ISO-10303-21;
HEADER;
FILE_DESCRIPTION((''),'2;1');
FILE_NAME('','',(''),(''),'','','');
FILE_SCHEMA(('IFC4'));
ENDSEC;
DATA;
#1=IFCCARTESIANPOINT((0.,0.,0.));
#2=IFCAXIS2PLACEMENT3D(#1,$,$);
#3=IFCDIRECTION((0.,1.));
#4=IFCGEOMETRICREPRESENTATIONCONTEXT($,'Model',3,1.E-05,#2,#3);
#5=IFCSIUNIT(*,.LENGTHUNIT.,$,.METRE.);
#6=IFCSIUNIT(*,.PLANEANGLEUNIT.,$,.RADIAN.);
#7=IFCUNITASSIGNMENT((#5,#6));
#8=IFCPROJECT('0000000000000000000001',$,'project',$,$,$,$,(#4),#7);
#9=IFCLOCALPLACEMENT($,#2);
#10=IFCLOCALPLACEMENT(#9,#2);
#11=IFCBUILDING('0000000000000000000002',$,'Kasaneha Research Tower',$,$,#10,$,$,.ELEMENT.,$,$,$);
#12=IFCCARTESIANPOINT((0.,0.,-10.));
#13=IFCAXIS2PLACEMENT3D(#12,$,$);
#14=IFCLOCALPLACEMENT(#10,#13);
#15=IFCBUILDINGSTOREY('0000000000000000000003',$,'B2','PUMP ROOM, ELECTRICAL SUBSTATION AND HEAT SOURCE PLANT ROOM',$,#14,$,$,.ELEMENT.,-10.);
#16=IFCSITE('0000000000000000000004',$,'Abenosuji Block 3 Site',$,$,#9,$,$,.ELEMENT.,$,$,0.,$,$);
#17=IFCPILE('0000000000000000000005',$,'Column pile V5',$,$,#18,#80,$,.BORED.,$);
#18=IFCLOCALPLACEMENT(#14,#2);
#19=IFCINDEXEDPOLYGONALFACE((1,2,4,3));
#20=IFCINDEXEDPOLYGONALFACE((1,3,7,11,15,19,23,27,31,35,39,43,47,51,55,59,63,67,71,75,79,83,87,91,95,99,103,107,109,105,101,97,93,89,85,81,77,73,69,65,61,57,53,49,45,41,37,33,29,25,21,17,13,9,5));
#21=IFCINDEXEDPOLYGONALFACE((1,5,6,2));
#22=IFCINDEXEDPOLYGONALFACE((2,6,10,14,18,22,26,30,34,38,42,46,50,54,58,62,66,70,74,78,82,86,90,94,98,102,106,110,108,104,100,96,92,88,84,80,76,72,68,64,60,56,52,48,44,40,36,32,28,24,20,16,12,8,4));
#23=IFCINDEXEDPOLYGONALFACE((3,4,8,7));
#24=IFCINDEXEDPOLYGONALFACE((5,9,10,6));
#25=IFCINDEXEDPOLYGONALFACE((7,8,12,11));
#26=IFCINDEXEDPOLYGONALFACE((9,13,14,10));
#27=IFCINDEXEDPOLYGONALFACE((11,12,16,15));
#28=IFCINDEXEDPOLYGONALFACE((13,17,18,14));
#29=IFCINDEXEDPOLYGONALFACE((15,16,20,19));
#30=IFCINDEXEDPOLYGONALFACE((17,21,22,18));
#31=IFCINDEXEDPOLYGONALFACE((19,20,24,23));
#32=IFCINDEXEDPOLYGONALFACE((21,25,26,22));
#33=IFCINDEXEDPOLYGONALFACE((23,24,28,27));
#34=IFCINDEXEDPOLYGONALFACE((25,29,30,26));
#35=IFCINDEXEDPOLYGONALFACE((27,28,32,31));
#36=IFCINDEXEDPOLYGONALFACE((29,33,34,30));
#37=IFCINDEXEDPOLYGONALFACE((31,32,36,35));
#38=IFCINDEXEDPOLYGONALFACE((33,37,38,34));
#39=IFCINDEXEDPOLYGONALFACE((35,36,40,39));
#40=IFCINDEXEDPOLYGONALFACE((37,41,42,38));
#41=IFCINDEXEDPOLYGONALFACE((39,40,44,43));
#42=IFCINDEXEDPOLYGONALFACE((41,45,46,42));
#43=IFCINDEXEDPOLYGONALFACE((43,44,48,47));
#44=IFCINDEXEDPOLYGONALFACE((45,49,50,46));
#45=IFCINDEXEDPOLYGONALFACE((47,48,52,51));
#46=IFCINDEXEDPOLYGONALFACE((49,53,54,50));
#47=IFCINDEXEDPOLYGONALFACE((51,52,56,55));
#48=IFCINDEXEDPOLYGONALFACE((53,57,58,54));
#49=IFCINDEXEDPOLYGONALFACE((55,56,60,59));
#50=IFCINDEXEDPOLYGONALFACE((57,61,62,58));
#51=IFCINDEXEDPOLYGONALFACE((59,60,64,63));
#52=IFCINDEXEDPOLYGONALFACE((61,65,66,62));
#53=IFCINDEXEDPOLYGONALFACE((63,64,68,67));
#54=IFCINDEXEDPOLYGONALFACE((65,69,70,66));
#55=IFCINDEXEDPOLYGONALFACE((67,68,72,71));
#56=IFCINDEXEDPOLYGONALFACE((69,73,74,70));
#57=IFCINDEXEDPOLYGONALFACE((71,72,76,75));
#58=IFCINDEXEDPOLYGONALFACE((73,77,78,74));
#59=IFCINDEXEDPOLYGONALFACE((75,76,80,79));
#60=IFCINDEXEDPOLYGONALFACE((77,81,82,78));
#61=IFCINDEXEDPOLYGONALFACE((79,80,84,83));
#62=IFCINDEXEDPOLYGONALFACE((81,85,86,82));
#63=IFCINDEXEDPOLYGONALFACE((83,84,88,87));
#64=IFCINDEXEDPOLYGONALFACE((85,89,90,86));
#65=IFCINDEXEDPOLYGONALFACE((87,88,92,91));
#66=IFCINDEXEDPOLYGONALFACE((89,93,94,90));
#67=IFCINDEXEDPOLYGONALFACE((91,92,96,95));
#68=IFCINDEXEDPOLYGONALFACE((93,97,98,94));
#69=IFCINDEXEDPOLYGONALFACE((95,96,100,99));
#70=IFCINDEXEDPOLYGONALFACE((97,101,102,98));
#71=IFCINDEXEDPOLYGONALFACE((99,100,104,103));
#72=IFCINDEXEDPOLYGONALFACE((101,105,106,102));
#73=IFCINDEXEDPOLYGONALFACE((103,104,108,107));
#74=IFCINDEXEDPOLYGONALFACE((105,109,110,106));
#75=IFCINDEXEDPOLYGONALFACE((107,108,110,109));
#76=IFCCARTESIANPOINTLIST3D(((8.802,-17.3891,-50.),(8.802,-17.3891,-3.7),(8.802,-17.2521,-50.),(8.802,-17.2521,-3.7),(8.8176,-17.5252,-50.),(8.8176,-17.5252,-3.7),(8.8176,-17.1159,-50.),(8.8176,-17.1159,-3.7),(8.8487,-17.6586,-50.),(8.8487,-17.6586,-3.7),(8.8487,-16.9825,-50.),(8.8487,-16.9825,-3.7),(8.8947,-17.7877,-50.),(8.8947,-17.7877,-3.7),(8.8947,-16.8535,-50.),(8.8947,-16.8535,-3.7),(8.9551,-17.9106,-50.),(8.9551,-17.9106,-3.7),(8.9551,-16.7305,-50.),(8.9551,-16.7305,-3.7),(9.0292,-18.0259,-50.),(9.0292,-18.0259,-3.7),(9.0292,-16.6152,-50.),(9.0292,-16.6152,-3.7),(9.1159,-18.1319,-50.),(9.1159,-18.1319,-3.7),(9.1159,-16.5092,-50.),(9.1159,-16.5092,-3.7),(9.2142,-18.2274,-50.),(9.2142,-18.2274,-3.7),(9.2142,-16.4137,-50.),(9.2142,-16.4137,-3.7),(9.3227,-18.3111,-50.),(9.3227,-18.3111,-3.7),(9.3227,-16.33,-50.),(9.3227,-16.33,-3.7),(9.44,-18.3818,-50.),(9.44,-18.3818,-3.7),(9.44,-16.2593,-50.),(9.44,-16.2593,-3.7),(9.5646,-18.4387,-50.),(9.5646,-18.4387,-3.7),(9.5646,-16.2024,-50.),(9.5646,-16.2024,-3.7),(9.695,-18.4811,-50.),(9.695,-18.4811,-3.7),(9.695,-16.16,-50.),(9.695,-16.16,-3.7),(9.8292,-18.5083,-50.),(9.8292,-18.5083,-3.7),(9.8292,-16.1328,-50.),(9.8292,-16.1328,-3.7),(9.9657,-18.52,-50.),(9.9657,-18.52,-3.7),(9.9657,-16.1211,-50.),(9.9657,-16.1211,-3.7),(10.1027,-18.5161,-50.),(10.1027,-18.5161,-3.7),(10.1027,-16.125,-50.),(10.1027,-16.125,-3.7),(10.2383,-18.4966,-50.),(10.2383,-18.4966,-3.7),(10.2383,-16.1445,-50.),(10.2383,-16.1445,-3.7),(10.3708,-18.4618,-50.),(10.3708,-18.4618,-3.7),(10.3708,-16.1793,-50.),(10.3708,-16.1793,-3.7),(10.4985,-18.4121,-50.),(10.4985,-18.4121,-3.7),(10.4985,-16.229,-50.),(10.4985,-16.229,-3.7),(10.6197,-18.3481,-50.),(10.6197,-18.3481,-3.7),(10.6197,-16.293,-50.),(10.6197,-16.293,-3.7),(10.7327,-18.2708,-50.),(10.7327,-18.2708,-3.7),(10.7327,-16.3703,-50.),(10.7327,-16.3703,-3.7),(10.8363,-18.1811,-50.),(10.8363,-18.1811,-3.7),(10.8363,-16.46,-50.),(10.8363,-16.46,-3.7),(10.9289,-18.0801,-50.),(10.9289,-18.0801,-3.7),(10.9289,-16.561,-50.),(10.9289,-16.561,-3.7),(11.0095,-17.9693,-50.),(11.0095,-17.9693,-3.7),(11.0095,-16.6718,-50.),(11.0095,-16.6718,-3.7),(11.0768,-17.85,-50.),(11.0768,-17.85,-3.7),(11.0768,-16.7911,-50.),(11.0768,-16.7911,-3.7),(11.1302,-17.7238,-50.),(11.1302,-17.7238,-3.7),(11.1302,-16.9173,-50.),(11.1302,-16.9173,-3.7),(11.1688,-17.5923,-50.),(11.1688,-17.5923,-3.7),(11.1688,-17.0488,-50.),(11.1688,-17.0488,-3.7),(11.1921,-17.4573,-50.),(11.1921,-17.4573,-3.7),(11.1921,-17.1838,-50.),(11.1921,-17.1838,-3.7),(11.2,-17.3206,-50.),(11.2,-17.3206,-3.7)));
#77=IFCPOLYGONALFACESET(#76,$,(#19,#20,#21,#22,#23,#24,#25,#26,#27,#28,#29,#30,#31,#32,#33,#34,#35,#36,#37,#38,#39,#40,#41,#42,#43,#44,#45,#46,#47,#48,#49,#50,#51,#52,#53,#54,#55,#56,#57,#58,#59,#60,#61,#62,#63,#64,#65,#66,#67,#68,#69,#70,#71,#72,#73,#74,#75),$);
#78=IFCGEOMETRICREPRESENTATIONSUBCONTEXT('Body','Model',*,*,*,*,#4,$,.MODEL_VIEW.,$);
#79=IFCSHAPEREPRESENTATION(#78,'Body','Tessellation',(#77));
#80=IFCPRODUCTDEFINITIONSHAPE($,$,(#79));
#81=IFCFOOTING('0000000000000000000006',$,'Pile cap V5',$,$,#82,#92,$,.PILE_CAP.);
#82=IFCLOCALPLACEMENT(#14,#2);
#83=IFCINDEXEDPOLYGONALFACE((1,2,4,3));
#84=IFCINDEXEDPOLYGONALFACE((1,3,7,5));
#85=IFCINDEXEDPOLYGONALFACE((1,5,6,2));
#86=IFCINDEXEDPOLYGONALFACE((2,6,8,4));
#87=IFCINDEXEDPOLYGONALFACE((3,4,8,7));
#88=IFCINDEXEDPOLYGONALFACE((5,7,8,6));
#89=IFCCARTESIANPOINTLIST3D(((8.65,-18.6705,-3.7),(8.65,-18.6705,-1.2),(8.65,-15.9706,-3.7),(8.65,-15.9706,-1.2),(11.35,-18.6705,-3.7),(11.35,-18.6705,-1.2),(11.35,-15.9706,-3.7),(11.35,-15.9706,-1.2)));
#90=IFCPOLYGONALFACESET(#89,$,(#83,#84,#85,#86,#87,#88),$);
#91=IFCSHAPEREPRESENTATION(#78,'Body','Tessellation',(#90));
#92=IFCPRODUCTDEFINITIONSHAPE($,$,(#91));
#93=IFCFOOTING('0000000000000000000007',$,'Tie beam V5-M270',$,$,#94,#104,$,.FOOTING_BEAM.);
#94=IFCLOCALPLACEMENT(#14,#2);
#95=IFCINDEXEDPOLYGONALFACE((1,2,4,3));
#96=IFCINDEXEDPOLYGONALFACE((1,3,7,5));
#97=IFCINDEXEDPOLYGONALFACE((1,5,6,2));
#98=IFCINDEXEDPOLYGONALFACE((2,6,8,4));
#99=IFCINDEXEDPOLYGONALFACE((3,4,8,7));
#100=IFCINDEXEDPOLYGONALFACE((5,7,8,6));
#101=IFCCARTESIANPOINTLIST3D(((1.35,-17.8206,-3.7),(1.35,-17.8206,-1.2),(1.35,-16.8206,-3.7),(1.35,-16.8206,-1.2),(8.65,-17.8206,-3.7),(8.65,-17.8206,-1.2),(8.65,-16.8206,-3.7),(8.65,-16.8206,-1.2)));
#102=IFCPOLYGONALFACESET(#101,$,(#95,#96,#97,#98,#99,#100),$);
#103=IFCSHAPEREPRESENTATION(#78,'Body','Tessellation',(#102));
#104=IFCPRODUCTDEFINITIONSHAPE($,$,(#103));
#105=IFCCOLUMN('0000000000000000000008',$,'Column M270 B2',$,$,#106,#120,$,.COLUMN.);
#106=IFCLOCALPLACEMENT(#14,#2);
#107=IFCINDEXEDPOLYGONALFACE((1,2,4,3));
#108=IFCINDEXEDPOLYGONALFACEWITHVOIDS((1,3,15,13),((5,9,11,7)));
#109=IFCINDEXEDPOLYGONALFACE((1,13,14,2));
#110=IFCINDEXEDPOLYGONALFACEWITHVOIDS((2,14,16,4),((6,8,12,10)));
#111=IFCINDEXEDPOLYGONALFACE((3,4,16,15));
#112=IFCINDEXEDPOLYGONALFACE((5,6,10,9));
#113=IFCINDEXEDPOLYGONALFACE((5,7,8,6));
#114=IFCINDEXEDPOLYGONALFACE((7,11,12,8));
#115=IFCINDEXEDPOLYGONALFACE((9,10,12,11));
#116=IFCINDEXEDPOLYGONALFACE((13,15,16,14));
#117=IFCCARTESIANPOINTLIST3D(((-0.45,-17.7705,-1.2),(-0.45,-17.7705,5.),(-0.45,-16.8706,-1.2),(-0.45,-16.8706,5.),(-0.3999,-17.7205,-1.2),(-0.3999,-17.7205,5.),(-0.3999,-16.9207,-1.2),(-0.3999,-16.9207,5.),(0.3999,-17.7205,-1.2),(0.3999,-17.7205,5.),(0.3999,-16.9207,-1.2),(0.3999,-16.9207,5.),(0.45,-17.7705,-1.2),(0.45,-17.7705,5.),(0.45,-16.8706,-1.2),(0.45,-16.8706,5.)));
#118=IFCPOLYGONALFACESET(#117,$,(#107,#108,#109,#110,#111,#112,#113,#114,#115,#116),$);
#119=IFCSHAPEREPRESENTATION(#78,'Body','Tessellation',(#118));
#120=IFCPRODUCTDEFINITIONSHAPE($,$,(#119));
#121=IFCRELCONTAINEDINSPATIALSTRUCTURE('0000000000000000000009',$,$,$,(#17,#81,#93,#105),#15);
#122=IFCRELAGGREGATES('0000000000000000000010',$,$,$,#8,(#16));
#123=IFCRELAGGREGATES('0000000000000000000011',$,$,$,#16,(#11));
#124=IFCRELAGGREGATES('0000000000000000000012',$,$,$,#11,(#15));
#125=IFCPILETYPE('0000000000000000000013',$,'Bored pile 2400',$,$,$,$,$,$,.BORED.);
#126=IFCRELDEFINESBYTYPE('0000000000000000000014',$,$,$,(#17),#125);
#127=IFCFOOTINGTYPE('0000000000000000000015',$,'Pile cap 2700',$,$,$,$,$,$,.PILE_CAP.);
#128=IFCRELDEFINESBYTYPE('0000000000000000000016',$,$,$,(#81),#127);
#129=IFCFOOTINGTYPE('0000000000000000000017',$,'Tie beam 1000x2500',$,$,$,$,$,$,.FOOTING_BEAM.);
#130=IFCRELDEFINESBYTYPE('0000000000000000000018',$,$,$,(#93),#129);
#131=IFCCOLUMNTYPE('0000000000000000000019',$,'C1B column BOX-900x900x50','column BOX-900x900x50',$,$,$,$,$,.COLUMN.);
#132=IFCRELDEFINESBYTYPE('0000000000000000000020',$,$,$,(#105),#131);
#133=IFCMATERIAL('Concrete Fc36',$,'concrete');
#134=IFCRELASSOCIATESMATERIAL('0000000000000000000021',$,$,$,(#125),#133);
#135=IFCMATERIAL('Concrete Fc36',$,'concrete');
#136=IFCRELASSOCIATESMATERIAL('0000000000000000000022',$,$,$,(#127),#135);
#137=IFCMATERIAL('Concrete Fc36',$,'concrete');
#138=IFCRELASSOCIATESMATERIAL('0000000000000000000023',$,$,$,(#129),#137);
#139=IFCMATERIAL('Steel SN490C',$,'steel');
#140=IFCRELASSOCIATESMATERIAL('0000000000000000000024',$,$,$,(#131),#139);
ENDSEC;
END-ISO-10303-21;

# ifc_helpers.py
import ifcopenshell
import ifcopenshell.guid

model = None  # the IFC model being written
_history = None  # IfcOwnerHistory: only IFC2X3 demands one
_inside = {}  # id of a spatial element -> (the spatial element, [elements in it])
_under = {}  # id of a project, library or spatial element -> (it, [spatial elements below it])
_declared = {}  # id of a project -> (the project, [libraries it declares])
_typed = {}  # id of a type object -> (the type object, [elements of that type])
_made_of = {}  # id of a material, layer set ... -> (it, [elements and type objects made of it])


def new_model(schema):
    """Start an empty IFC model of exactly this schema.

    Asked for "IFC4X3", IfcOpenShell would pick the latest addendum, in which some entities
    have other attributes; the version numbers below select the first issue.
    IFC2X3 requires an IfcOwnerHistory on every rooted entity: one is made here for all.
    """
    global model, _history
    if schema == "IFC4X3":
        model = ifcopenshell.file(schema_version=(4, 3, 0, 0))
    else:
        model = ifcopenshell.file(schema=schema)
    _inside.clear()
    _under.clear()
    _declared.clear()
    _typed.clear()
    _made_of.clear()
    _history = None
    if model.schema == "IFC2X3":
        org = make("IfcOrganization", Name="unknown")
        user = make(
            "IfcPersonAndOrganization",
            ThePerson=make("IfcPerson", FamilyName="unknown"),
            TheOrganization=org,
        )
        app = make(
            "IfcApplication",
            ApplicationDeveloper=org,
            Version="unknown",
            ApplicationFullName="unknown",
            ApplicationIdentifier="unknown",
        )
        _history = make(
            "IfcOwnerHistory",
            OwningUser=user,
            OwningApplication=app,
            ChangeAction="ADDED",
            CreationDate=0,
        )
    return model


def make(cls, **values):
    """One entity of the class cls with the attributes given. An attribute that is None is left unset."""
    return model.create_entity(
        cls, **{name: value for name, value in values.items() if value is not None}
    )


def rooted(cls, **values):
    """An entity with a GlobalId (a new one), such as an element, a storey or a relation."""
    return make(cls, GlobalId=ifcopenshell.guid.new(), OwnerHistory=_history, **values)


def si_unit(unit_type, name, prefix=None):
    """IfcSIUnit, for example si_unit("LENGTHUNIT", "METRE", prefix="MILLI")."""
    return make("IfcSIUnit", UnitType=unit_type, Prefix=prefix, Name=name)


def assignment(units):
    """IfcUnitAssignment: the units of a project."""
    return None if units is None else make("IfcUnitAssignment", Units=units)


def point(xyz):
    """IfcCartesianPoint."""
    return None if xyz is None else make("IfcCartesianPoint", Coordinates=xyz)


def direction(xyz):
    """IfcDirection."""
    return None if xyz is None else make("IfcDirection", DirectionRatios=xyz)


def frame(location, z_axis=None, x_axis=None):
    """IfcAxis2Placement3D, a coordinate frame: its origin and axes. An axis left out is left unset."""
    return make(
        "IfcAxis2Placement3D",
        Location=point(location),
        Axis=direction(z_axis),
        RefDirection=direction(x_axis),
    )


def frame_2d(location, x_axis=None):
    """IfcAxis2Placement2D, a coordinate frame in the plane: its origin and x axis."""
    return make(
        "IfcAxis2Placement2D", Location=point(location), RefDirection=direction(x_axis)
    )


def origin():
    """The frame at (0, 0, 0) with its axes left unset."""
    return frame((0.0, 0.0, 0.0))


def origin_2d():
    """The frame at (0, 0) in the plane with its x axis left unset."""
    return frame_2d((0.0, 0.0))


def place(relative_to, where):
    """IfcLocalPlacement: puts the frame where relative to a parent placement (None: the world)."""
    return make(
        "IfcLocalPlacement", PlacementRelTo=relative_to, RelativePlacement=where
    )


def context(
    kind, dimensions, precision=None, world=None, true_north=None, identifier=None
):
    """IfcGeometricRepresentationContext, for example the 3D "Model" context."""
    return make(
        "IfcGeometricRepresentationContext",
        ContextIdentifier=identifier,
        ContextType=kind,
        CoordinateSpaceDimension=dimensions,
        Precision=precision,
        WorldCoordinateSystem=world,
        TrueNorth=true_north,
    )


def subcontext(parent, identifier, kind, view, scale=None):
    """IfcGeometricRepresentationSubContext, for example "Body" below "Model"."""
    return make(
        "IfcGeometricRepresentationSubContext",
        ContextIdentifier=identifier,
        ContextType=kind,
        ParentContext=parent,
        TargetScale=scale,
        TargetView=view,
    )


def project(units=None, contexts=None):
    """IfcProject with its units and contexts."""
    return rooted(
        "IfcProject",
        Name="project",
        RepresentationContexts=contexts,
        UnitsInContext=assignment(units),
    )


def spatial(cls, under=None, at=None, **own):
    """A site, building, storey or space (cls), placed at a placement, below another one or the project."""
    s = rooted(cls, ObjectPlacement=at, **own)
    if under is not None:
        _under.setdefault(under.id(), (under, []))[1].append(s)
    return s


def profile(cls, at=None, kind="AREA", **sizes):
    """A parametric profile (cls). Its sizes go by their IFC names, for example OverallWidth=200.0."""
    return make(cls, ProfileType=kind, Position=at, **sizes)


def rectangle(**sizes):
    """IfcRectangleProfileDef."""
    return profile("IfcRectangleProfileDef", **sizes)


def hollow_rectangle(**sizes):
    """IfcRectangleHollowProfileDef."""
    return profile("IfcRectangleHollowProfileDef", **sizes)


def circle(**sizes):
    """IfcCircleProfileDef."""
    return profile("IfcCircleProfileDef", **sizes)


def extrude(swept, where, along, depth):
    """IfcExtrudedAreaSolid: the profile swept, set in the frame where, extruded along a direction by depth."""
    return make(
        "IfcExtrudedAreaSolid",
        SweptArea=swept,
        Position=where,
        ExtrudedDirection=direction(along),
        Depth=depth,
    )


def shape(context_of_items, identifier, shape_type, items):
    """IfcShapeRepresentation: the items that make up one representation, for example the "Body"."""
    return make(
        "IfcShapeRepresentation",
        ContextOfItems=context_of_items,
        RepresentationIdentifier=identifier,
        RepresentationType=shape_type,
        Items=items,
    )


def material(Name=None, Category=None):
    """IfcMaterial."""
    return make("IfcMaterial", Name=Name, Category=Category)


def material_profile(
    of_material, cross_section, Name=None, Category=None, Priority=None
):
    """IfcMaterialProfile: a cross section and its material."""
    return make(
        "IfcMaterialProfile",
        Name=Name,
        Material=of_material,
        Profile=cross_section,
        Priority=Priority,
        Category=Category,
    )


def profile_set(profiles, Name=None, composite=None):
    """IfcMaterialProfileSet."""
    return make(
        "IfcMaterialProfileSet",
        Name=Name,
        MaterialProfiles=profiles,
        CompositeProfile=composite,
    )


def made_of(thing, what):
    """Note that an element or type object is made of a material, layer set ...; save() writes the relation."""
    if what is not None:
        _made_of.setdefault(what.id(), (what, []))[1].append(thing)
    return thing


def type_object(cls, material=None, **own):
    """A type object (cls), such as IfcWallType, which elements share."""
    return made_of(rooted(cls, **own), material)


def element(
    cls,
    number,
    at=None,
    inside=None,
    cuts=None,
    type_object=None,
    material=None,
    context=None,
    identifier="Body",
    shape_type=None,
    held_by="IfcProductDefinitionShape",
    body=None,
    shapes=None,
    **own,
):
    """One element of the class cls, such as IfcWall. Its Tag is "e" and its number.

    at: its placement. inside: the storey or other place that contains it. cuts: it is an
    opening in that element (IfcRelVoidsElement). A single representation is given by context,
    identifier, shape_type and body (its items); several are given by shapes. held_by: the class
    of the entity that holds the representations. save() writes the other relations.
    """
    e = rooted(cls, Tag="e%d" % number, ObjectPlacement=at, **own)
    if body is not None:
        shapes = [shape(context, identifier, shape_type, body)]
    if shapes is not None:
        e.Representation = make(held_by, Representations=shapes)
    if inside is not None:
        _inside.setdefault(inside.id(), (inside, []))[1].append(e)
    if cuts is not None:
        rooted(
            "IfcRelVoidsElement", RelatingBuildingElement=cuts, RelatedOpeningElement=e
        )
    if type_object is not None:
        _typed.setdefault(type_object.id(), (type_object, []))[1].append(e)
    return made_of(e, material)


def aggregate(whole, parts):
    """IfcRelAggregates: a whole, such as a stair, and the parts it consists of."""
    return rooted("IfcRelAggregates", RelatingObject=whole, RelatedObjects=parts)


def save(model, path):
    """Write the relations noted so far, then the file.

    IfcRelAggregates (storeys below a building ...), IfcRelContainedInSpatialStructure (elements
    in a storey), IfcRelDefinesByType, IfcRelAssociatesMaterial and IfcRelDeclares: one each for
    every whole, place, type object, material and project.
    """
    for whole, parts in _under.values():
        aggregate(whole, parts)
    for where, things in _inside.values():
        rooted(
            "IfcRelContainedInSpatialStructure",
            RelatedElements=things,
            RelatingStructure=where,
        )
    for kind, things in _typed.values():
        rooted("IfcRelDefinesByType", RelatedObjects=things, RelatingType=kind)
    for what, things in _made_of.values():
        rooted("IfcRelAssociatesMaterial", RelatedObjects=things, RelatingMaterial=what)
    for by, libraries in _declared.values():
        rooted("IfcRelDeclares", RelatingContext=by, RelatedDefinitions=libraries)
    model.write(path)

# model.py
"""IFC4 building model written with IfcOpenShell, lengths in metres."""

from ifc_helpers import new_model, si_unit, direction, frame, origin, origin_2d, place, context, subcontext, project, spatial, rectangle, hollow_rectangle, circle, extrude, material, material_profile, profile_set, type_object, element, save


model = new_model("IFC4")

# Units and contexts
model_context = context("Model", 3, precision=1e-05, world=origin(), true_north=direction((0.0, 1.0)))
body_context = subcontext(model_context, "Body", "Model", "MODEL_VIEW")
ifc_project = project(units=[si_unit("LENGTHUNIT", "METRE"), si_unit("PLANEANGLEUNIT", "RADIAN")], contexts=[model_context])

# Site, building, storey
site_placement = place(None, origin())
site = spatial("IfcSite", under=ifc_project, at=site_placement, Name="Abenosuji Block 3 Site", CompositionType="ELEMENT", RefElevation=0.0)
building_placement = place(site_placement, origin())
building = spatial("IfcBuilding", under=site, at=building_placement, Name="Kasaneha Research Tower", CompositionType="ELEMENT")
storey_placement = place(building_placement, frame((0.0, 0.0, -10.0)))
storey = spatial("IfcBuildingStorey", under=building, at=storey_placement, Name="B2", Description="PUMP ROOM, ELECTRICAL SUBSTATION AND HEAT SOURCE PLANT ROOM", CompositionType="ELEMENT", Elevation=-10.0)

# Pile
ifc_material_1 = material(Name="Concrete Fc36", Category="concrete")
ifc_material_profile_1 = material_profile(ifc_material_1, circle(Radius=1.2, at=origin_2d()), Name="Bored pile 2400")
ifc_profile_set_1 = profile_set([ifc_material_profile_1], Name="Concrete Fc36")
pile_type_1 = type_object("IfcPileType", Name="Bored pile 2400", PredefinedType="BORED", material=ifc_profile_set_1)
pile_placement = place(storey_placement, frame((10.0, -17.3206, -3.7), z_axis=(0.0, 0.0, -1.0), x_axis=(1.0, 0.0, 0.0)))
element("IfcPile", 1, at=pile_placement, inside=storey, type_object=pile_type_1, Name="Column pile V5", PredefinedType="BORED", context=body_context, shape_type="SweptSolid", body=[
    extrude(circle(Radius=1.2, at=origin_2d()), origin(), (0.0, 0.0, 1.0), 46.3),
])

# Footings
ifc_material_2 = material(Name="Concrete Fc36", Category="concrete")
footing_type_1 = type_object("IfcFootingType", Name="Pile cap 2700", PredefinedType="PILE_CAP", material=ifc_material_2)
footing_1_placement = place(storey_placement, frame((10.0, -17.3206, -3.7), z_axis=(0.0, 0.0, 1.0), x_axis=(1.0, 0.0, 0.0)))
element("IfcFooting", 2, at=footing_1_placement, inside=storey, type_object=footing_type_1, Name="Pile cap V5", PredefinedType="PILE_CAP", context=body_context, shape_type="SweptSolid", body=[
    extrude(rectangle(XDim=2.7, YDim=2.7, at=origin_2d()), origin(), (0.0, 0.0, 1.0), 2.5),
])
ifc_material_3 = material(Name="Concrete Fc36", Category="concrete")
footing_type_2 = type_object("IfcFootingType", Name="Tie beam 1000x2500", PredefinedType="FOOTING_BEAM", material=ifc_material_3)
footing_2_placement = place(storey_placement, frame((5.0, -17.3206, -3.7), z_axis=(0.0, 0.0, 1.0), x_axis=(-1.0, 0.0, 0.0)))
element("IfcFooting", 3, at=footing_2_placement, inside=storey, type_object=footing_type_2, Name="Tie beam V5-M270", PredefinedType="FOOTING_BEAM", context=body_context, shape_type="SweptSolid", body=[
    extrude(rectangle(XDim=7.3, YDim=1.0, at=origin_2d()), origin(), (0.0, 0.0, 1.0), 2.5),
])

# Column
ifc_material_4 = material(Name="Steel SN490C", Category="steel")
ifc_material_profile_2 = material_profile(ifc_material_4, hollow_rectangle(XDim=0.8999, YDim=0.8999, WallThickness=0.05, at=origin_2d()), Name="BOX-900x900x50")
ifc_profile_set_2 = profile_set([ifc_material_profile_2], Name="Steel SN490C")
column_type = type_object("IfcColumnType", Name="C1B column BOX-900x900x50", Description="column BOX-900x900x50", PredefinedType="COLUMN", material=ifc_profile_set_2)
column_placement = place(storey_placement, frame((0.0, -17.3206, -1.2), z_axis=(0.0, 0.0, 1.0), x_axis=(1.0, 0.0, 0.0)))
element("IfcColumn", 4, at=column_placement, inside=storey, type_object=column_type, Name="Column M270 B2", PredefinedType="COLUMN", context=body_context, shape_type="SweptSolid", body=[
    extrude(hollow_rectangle(XDim=0.8999, YDim=0.8999, WallThickness=0.05, at=origin_2d()), origin(), (0.0, 0.0, 1.0), 6.2),
])

save(model, "model.ifc")
